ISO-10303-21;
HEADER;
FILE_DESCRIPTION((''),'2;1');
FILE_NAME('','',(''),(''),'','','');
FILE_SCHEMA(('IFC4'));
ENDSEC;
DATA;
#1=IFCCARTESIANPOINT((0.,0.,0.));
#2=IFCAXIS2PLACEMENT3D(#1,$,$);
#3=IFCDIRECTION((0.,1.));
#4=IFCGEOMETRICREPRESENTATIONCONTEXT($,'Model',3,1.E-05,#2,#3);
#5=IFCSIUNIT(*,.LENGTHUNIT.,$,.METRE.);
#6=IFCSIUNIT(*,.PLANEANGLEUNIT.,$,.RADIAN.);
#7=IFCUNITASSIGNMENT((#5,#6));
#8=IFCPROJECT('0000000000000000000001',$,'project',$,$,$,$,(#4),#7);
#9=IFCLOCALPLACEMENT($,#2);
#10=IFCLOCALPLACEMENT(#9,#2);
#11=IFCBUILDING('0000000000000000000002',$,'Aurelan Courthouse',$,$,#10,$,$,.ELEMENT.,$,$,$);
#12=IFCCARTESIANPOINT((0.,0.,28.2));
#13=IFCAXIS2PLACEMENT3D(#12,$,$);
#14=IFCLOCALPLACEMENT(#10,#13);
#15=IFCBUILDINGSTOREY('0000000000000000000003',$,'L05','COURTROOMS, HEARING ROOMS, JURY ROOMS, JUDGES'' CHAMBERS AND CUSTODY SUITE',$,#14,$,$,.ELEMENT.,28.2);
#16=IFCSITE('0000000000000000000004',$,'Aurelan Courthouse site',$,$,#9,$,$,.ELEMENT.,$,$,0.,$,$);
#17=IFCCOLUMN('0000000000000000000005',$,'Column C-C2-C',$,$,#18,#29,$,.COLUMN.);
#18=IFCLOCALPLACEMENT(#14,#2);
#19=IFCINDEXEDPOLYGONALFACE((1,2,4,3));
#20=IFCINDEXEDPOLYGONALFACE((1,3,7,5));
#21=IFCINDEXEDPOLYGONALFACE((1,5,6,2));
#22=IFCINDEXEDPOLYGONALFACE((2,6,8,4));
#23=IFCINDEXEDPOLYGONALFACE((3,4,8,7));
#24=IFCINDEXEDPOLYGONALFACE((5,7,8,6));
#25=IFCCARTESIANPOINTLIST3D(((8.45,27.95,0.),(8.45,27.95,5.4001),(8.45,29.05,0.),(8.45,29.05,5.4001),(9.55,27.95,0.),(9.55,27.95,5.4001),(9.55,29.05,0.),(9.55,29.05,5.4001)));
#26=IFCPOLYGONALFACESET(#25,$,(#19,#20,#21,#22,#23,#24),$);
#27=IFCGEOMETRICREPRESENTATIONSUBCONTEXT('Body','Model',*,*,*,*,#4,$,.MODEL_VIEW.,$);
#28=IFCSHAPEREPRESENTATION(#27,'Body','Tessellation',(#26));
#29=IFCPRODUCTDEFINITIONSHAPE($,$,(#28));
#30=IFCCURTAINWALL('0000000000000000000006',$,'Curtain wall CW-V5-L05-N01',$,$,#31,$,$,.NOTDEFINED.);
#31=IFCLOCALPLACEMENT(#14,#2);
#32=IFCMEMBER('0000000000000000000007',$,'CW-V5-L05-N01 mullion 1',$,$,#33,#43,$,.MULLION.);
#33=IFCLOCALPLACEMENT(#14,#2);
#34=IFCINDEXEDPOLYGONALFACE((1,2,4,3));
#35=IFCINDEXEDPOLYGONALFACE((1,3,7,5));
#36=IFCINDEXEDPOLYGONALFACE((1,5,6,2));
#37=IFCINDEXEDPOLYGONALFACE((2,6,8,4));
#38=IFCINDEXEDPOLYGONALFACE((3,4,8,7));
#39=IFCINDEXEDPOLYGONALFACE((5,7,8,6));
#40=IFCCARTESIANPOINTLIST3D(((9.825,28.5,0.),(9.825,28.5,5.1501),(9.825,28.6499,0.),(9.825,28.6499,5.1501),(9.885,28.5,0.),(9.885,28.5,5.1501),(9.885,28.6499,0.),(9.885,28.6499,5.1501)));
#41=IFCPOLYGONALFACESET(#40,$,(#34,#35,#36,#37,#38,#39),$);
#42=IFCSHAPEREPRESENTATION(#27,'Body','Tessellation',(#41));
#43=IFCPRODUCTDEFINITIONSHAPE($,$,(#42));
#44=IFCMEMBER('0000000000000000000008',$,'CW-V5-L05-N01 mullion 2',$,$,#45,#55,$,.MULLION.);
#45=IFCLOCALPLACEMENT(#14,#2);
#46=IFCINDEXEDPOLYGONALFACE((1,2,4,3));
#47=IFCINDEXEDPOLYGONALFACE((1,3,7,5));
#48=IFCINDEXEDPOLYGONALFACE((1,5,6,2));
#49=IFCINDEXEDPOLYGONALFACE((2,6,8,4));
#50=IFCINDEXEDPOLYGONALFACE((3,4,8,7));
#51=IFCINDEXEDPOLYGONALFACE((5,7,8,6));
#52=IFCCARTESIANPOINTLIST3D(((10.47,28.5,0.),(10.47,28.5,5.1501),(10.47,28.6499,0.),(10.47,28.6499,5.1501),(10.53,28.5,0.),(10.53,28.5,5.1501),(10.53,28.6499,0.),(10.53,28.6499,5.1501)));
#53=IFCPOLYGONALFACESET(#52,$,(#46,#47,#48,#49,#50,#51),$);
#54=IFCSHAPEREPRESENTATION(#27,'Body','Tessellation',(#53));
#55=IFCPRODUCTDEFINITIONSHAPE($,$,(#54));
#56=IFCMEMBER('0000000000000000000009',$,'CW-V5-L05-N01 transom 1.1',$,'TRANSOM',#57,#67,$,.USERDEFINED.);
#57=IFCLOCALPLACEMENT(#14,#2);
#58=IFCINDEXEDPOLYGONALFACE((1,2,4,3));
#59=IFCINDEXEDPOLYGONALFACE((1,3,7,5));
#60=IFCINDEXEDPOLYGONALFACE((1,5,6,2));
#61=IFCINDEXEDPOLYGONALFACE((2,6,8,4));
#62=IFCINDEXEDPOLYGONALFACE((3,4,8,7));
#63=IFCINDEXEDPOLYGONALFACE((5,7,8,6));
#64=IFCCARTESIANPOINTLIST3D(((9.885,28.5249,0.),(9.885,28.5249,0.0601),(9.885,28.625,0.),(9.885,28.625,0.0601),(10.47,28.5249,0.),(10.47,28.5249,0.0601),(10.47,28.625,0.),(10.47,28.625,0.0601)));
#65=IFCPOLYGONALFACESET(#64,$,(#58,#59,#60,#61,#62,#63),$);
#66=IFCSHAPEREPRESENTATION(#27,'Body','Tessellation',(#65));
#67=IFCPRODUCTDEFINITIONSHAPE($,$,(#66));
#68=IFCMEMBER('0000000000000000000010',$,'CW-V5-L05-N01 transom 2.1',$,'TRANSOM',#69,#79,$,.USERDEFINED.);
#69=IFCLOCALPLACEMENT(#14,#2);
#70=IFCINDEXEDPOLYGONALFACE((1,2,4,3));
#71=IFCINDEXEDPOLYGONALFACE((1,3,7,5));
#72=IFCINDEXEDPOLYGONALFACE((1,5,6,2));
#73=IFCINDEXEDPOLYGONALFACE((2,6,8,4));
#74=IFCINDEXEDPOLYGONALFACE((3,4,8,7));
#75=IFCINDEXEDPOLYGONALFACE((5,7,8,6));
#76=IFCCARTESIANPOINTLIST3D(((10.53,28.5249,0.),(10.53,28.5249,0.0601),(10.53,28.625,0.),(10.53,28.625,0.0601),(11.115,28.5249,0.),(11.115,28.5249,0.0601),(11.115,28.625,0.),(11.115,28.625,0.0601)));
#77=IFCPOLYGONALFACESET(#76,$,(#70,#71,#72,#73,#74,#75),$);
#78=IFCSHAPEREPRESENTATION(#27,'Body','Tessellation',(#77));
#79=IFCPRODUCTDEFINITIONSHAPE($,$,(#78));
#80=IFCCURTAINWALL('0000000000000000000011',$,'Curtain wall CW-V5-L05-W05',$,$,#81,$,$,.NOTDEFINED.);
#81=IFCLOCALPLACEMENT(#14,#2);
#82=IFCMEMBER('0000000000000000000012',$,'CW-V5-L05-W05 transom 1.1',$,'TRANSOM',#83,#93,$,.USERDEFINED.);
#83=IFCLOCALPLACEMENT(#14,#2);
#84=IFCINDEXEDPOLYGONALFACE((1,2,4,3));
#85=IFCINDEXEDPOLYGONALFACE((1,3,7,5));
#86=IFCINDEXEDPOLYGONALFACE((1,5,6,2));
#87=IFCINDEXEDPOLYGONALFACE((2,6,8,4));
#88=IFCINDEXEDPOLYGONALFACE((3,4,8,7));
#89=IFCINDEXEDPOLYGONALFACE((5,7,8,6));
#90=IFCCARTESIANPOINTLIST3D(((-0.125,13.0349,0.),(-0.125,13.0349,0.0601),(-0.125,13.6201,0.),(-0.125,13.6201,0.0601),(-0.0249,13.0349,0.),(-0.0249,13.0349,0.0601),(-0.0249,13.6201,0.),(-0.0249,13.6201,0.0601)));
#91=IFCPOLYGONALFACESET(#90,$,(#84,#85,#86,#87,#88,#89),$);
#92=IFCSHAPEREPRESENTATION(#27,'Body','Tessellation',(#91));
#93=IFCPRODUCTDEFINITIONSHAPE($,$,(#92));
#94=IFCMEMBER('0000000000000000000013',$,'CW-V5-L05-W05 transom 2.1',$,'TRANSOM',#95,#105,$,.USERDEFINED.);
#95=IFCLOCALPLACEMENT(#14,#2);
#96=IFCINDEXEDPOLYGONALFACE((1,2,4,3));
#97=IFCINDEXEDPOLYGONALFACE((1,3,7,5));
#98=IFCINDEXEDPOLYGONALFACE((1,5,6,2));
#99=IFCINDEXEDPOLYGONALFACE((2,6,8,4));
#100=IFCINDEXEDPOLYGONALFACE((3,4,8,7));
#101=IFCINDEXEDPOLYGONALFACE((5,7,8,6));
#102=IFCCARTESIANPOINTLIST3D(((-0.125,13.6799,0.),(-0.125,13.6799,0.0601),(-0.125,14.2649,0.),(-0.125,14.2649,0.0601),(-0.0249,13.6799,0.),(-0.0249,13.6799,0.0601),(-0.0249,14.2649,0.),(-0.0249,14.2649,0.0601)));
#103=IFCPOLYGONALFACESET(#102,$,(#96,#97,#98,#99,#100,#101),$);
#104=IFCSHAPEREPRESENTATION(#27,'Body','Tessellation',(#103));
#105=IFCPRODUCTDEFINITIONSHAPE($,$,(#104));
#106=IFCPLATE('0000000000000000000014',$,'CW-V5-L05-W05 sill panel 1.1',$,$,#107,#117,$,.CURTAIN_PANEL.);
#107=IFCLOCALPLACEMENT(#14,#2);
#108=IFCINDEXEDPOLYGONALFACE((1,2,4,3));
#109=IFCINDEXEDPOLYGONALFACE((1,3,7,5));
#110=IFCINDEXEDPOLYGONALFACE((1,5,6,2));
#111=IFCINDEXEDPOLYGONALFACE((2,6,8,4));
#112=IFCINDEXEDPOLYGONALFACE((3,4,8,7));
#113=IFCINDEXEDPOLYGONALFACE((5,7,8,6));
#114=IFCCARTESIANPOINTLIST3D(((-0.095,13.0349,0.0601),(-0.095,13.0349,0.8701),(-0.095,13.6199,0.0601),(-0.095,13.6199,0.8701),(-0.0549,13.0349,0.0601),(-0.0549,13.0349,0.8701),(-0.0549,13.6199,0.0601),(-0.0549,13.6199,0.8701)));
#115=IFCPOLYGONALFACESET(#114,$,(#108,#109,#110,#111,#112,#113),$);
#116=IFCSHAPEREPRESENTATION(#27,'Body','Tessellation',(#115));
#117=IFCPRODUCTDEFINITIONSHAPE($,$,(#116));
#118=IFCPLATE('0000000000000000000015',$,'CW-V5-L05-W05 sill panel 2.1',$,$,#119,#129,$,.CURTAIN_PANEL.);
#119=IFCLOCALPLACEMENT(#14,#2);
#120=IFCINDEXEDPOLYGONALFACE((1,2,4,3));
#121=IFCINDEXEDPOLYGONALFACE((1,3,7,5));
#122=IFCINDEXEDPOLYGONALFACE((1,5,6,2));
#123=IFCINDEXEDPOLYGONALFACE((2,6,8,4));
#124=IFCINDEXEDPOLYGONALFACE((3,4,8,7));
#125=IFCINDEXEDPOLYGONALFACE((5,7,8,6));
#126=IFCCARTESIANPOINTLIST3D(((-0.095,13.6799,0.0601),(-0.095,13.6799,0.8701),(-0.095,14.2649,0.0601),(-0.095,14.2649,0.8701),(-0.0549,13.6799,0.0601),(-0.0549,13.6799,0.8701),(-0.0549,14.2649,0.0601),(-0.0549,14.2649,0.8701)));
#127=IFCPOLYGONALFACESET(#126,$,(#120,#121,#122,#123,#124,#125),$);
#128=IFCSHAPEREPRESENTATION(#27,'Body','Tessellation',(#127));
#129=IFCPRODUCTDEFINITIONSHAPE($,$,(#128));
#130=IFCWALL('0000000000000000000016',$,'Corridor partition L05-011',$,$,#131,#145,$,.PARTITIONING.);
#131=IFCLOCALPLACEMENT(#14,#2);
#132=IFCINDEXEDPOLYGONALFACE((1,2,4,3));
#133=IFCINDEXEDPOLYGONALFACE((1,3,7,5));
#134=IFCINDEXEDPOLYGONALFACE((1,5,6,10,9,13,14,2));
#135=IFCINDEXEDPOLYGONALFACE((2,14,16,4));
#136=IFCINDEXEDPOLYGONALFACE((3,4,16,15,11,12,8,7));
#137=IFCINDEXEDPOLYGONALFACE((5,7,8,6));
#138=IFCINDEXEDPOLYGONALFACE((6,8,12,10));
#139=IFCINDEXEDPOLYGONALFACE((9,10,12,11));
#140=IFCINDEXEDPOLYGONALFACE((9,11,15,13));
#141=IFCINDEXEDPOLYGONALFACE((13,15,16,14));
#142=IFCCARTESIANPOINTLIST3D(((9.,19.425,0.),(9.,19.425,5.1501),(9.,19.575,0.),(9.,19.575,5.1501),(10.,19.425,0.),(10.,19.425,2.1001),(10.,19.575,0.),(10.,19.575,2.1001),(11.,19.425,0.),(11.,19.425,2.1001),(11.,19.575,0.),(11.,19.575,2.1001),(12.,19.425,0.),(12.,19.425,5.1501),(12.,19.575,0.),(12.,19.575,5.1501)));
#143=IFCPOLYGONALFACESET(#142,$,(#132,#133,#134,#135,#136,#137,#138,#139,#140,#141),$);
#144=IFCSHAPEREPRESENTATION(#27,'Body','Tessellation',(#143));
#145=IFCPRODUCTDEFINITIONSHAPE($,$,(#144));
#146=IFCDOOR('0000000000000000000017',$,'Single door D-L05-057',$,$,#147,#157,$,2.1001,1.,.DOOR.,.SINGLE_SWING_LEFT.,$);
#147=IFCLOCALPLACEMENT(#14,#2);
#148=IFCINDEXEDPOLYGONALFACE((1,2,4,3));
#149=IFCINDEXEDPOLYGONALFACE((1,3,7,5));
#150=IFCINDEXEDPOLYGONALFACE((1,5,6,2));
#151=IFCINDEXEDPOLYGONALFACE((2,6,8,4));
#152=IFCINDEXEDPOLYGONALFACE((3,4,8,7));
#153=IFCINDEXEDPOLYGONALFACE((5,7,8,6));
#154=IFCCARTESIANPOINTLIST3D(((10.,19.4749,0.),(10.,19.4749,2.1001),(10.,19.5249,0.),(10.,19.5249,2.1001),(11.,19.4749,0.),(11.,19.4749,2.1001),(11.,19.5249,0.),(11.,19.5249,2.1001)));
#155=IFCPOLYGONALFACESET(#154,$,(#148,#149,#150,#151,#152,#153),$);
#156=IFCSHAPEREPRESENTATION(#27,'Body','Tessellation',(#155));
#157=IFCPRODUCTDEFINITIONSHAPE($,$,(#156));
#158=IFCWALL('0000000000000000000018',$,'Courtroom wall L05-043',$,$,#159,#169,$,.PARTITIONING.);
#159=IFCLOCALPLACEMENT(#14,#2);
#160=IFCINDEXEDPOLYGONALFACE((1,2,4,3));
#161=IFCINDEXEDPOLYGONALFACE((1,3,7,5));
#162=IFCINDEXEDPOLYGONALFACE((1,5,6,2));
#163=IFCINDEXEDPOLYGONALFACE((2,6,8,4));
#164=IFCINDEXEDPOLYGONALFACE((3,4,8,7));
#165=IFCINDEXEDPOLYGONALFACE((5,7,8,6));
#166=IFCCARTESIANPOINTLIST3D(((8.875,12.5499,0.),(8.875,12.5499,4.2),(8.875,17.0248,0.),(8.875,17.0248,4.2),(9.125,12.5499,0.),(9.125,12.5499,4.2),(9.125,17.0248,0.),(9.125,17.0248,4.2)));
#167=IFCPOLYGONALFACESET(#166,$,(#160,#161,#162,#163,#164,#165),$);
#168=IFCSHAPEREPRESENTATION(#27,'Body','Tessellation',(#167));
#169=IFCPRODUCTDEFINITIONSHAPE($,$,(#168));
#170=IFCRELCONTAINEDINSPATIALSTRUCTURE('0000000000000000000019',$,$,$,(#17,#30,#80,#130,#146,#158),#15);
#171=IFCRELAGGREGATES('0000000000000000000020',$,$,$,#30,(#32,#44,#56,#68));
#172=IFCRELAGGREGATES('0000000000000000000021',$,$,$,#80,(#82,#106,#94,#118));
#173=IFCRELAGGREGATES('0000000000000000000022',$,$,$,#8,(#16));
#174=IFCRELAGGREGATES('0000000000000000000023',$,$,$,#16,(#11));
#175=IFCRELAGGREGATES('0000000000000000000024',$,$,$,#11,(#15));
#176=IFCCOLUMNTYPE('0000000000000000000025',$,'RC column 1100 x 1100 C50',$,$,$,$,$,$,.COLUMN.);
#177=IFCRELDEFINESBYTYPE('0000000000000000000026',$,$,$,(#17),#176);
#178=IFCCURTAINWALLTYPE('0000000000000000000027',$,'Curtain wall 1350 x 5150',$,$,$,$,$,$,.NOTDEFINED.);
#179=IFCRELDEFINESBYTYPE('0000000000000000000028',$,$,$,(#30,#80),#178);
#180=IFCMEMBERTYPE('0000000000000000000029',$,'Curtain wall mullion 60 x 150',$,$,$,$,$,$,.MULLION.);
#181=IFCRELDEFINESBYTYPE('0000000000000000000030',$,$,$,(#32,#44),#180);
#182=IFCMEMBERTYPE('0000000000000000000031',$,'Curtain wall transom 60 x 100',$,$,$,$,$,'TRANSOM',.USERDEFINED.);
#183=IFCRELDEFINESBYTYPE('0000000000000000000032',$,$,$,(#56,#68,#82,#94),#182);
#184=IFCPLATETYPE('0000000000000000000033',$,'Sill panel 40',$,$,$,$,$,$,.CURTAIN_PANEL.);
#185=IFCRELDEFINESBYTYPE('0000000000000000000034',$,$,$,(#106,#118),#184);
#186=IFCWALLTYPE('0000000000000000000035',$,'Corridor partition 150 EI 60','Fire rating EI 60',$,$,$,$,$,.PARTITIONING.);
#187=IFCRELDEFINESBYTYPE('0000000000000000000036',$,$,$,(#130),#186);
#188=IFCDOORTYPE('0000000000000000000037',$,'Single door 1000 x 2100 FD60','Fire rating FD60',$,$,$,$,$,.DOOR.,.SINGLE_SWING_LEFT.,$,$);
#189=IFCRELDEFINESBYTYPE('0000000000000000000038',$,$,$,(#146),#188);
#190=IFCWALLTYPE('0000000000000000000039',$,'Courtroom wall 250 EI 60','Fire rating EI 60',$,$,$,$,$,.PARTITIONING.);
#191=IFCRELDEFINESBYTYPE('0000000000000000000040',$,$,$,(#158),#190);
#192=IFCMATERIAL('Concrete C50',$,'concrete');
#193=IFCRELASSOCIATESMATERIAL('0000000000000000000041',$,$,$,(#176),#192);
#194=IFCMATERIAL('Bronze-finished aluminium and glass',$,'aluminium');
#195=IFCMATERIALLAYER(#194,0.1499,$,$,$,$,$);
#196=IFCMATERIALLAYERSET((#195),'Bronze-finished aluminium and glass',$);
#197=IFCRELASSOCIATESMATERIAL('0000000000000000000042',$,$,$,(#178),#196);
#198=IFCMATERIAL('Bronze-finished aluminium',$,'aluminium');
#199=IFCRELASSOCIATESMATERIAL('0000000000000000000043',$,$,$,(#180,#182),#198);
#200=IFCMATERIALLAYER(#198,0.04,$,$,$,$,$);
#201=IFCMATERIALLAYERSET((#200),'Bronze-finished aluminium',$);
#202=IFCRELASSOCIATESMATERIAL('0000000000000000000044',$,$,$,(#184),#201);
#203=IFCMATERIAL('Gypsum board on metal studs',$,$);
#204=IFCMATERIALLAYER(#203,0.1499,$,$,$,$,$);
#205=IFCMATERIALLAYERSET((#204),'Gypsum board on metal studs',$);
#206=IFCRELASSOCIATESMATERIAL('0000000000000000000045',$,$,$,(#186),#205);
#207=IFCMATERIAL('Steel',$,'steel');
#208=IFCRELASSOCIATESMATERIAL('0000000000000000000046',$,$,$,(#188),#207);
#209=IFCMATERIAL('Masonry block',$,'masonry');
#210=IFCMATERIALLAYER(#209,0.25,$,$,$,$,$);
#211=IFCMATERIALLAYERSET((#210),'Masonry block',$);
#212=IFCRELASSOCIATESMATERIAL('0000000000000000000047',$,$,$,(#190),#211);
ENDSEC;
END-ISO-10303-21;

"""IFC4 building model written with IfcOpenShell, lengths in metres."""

from ifc_helpers import new_model, si_unit, direction, frame, frame_2d, origin, origin_2d, place, context, subcontext, project, spatial, rectangle, extrude, material, layer, layer_set, material_profile, profile_set, type_object, element, fill, aggregate, save


model = new_model("IFC4")

# Units and contexts
model_context = context("Model", 3, precision=1e-05, world=origin(), true_north=direction((0.0, 1.0)))
body_context = subcontext(model_context, "Body", "Model", "MODEL_VIEW")
ifc_project = project(units=[si_unit("LENGTHUNIT", "METRE"), si_unit("PLANEANGLEUNIT", "RADIAN")], contexts=[model_context])

# Site, building, storey
site_placement = place(None, origin())
site = spatial("IfcSite", under=ifc_project, at=site_placement, Name="Aurelan Courthouse site", CompositionType="ELEMENT", RefElevation=0.0)
building_placement = place(site_placement, origin())
building = spatial("IfcBuilding", under=site, at=building_placement, Name="Aurelan Courthouse", CompositionType="ELEMENT")
storey_placement = place(building_placement, frame((0.0, 0.0, 28.2)))
storey = spatial("IfcBuildingStorey", under=building, at=storey_placement, Name="L05", Description="COURTROOMS, HEARING ROOMS, JURY ROOMS, JUDGES' CHAMBERS AND CUSTODY SUITE", CompositionType="ELEMENT", Elevation=28.2)

# Column
ifc_material_1 = material(Name="Concrete C50", Category="concrete")
ifc_material_profile_1 = material_profile(ifc_material_1, rectangle(XDim=1.1001, YDim=1.1001, at=origin_2d()), Name="RC 1100 x 1100")
ifc_profile_set_1 = profile_set([ifc_material_profile_1], Name="Concrete C50")
column_type = type_object("IfcColumnType", Name="RC column 1100 x 1100 C50", PredefinedType="COLUMN", material=ifc_profile_set_1)
column_placement = place(storey_placement, frame((9.0, 28.5, 0.0), z_axis=(0.0, 0.0, 1.0), x_axis=(1.0, 0.0, 0.0)))
element("IfcColumn", 1, at=column_placement, inside=storey, type_object=column_type, Name="Column C-C2-C", PredefinedType="COLUMN", context=body_context, shape_type="SweptSolid", body=[
    extrude(rectangle(XDim=1.1001, YDim=1.1001, at=origin_2d()), origin(), (0.0, 0.0, 1.0), 5.4001),
])

# Curtain wall, members
ifc_material_2 = material(Name="Bronze-finished aluminium and glass", Category="aluminium")
ifc_layer_1 = layer(ifc_material_2, 0.1499)
ifc_layer_set_1 = layer_set([ifc_layer_1], Name="Bronze-finished aluminium and glass")
curtain_wall_type = type_object("IfcCurtainWallType", Name="Curtain wall 1350 x 5150", PredefinedType="NOTDEFINED", material=ifc_layer_set_1)
curtain_wall_1_placement = place(storey_placement, origin())
curtain_wall_1 = element("IfcCurtainWall", 2, at=curtain_wall_1_placement, inside=storey, type_object=curtain_wall_type, Name="Curtain wall CW-V5-L05-N01", PredefinedType="NOTDEFINED")
ifc_material_3 = material(Name="Bronze-finished aluminium", Category="aluminium")
ifc_material_profile_2 = material_profile(ifc_material_3, rectangle(XDim=0.1499, YDim=0.0601, at=origin_2d()), Name="Bronze mullion 60 x 150")
ifc_profile_set_2 = profile_set([ifc_material_profile_2], Name="Bronze-finished aluminium")
member_type_1 = type_object("IfcMemberType", Name="Curtain wall mullion 60 x 150", PredefinedType="MULLION", material=ifc_profile_set_2)
member_1_placement = place(storey_placement, frame((9.855, 28.575, 0.0), z_axis=(0.0, 0.0, 1.0), x_axis=(0.0, 1.0, 0.0)))
member_1 = element("IfcMember", 3, at=member_1_placement, type_object=member_type_1, Name="CW-V5-L05-N01 mullion 1", PredefinedType="MULLION", context=body_context, shape_type="SweptSolid", body=[
    extrude(rectangle(XDim=0.1499, YDim=0.0601, at=origin_2d()), origin(), (0.0, 0.0, 1.0), 5.1501),
])
member_2_placement = place(storey_placement, frame((10.5, 28.575, 0.0), z_axis=(0.0, 0.0, 1.0), x_axis=(0.0, 1.0, 0.0)))
member_2 = element("IfcMember", 4, at=member_2_placement, type_object=member_type_1, Name="CW-V5-L05-N01 mullion 2", PredefinedType="MULLION", context=body_context, shape_type="SweptSolid", body=[
    extrude(rectangle(XDim=0.1499, YDim=0.0601, at=origin_2d()), origin(), (0.0, 0.0, 1.0), 5.1501),
])
ifc_material_profile_3 = material_profile(ifc_material_3, rectangle(XDim=0.1001, YDim=0.0601, at=origin_2d()), Name="Bronze transom 60 x 100")
ifc_profile_set_3 = profile_set([ifc_material_profile_3], Name="Bronze-finished aluminium")
member_type_2 = type_object("IfcMemberType", Name="Curtain wall transom 60 x 100", ElementType="TRANSOM", PredefinedType="USERDEFINED", material=ifc_profile_set_3)
member_3_placement = place(storey_placement, frame((9.885, 28.575, 0.03), z_axis=(1.0, 0.0, 0.0), x_axis=(0.0, 1.0, 0.0)))
member_3 = element("IfcMember", 5, at=member_3_placement, type_object=member_type_2, Name="CW-V5-L05-N01 transom 1.1", ObjectType="TRANSOM", PredefinedType="USERDEFINED", context=body_context, shape_type="SweptSolid", body=[
    extrude(rectangle(XDim=0.1001, YDim=0.0601, at=origin_2d()), origin(), (0.0, 0.0, 1.0), 0.585),
])
member_4_placement = place(storey_placement, frame((10.53, 28.575, 0.03), z_axis=(1.0, 0.0, 0.0), x_axis=(0.0, 1.0, 0.0)))
member_4 = element("IfcMember", 6, at=member_4_placement, type_object=member_type_2, Name="CW-V5-L05-N01 transom 2.1", ObjectType="TRANSOM", PredefinedType="USERDEFINED", context=body_context, shape_type="SweptSolid", body=[
    extrude(rectangle(XDim=0.1001, YDim=0.0601, at=origin_2d()), origin(), (0.0, 0.0, 1.0), 0.585),
])
aggregate(curtain_wall_1, [member_1, member_2, member_3, member_4])

# Curtain wall, members, plates
curtain_wall_2_placement = place(storey_placement, origin())
curtain_wall_2 = element("IfcCurtainWall", 7, at=curtain_wall_2_placement, inside=storey, type_object=curtain_wall_type, Name="Curtain wall CW-V5-L05-W05", PredefinedType="NOTDEFINED")
member_5_placement = place(storey_placement, frame((-0.075, 13.0349, 0.03), z_axis=(0.0, 1.0, 0.0), x_axis=(-1.0, 0.0, 0.0)))
member_5 = element("IfcMember", 8, at=member_5_placement, type_object=member_type_2, Name="CW-V5-L05-W05 transom 1.1", ObjectType="TRANSOM", PredefinedType="USERDEFINED", context=body_context, shape_type="SweptSolid", body=[
    extrude(rectangle(XDim=0.1001, YDim=0.0601, at=origin_2d()), origin(), (0.0, 0.0, 1.0), 0.5852),
])
member_6_placement = place(storey_placement, frame((-0.075, 13.6799, 0.03), z_axis=(0.0, 1.0, 0.0), x_axis=(-1.0, 0.0, 0.0)))
member_6 = element("IfcMember", 9, at=member_6_placement, type_object=member_type_2, Name="CW-V5-L05-W05 transom 2.1", ObjectType="TRANSOM", PredefinedType="USERDEFINED", context=body_context, shape_type="SweptSolid", body=[
    extrude(rectangle(XDim=0.1001, YDim=0.0601, at=origin_2d()), origin(), (0.0, 0.0, 1.0), 0.585),
])
ifc_layer_2 = layer(ifc_material_3, 0.04)
ifc_layer_set_2 = layer_set([ifc_layer_2], Name="Bronze-finished aluminium")
plate_type = type_object("IfcPlateType", Name="Sill panel 40", PredefinedType="CURTAIN_PANEL", material=ifc_layer_set_2)
plate_1_placement = place(storey_placement, frame((-0.075, 13.3274, 0.0601), z_axis=(0.0, 0.0, 1.0), x_axis=(0.0, 1.0, 0.0)))
plate_1 = element("IfcPlate", 10, at=plate_1_placement, type_object=plate_type, Name="CW-V5-L05-W05 sill panel 1.1", PredefinedType="CURTAIN_PANEL", context=body_context, shape_type="SweptSolid", body=[
    extrude(rectangle(XDim=0.585, YDim=0.04, at=origin_2d()), origin(), (0.0, 0.0, 1.0), 0.8101),
])
plate_2_placement = place(storey_placement, frame((-0.075, 13.9724, 0.0601), z_axis=(0.0, 0.0, 1.0), x_axis=(0.0, 1.0, 0.0)))
plate_2 = element("IfcPlate", 11, at=plate_2_placement, type_object=plate_type, Name="CW-V5-L05-W05 sill panel 2.1", PredefinedType="CURTAIN_PANEL", context=body_context, shape_type="SweptSolid", body=[
    extrude(rectangle(XDim=0.585, YDim=0.04, at=origin_2d()), origin(), (0.0, 0.0, 1.0), 0.8101),
])
aggregate(curtain_wall_2, [member_5, plate_1, member_6, plate_2])

# Wall, opening, door
ifc_material_4 = material(Name="Gypsum board on metal studs")
ifc_layer_3 = layer(ifc_material_4, 0.1499)
ifc_layer_set_3 = layer_set([ifc_layer_3], Name="Gypsum board on metal studs")
wall_type_1 = type_object("IfcWallType", Name="Corridor partition 150 EI 60", Description="Fire rating EI 60", PredefinedType="PARTITIONING", material=ifc_layer_set_3)
wall_1_placement = place(storey_placement, frame((9.0, 19.5, 0.0), z_axis=(0.0, 0.0, 1.0), x_axis=(1.0, 0.0, 0.0)))
wall_1 = element("IfcWall", 12, at=wall_1_placement, inside=storey, type_object=wall_type_1, Name="Corridor partition L05-011", PredefinedType="PARTITIONING", context=body_context, shape_type="SweptSolid", body=[
    extrude(rectangle(XDim=3.0, YDim=0.1499, at=frame_2d((1.5, 0.0))), origin(), (0.0, 0.0, 1.0), 5.1501),
])
opening_1_placement = place(wall_1_placement, frame((1.0, 0.0, 0.0)))
opening_1 = element("IfcOpeningElement", 13, at=opening_1_placement, cuts=wall_1, PredefinedType="OPENING", context=body_context, shape_type="SweptSolid", body=[
    extrude(rectangle(XDim=1.0, YDim=2.1001, at=frame_2d((0.5, 1.05))), frame((0.0, 0.085, 0.0), z_axis=(0.0, -1.0, 0.0), x_axis=(1.0, 0.0, 0.0)), (0.0, 0.0, 1.0), 0.1699),
])
ifc_material_5 = material(Name="Steel", Category="steel")
door_type_1 = type_object("IfcDoorType", Name="Single door 1000 x 2100 FD60", Description="Fire rating FD60", OperationType="SINGLE_SWING_LEFT", PredefinedType="DOOR", material=ifc_material_5)
door_1_placement = place(opening_1_placement, origin())
door_1 = element("IfcDoor", 14, at=door_1_placement, inside=storey, type_object=door_type_1, Name="Single door D-L05-057", OperationType="SINGLE_SWING_LEFT", OverallHeight=2.1001, OverallWidth=1.0, PredefinedType="DOOR", context=body_context, shape_type="SweptSolid", body=[
    extrude(rectangle(XDim=1.0, YDim=2.1001, at=frame_2d((0.5, 1.05))), frame((0.0, 0.0249, 0.0), z_axis=(0.0, -1.0, 0.0), x_axis=(1.0, 0.0, 0.0)), (0.0, 0.0, 1.0), 0.05),
])
fill(opening_1, door_1)

# Shared definitions
ifc_material_6 = material(Name="Masonry block", Category="masonry")
ifc_layer_4 = layer(ifc_material_6, 0.25)
ifc_layer_set_4 = layer_set([ifc_layer_4], Name="Masonry block")
wall_type_2 = type_object("IfcWallType", Name="Courtroom wall 250 EI 60", Description="Fire rating EI 60", PredefinedType="PARTITIONING", material=ifc_layer_set_4)

# Wall
wall_2_placement = place(storey_placement, frame((9.0, 12.55, 0.0), z_axis=(0.0, 0.0, 1.0), x_axis=(0.0, 1.0, 0.0)))
element("IfcWall", 15, at=wall_2_placement, inside=storey, type_object=wall_type_2, Name="Courtroom wall L05-043", PredefinedType="PARTITIONING", context=body_context, shape_type="SweptSolid", body=[
    extrude(rectangle(XDim=4.4749, YDim=0.25, at=frame_2d((2.2373, 0.0))), origin(), (0.0, 0.0, 1.0), 4.2),
])

save(model, "model.ifc")
